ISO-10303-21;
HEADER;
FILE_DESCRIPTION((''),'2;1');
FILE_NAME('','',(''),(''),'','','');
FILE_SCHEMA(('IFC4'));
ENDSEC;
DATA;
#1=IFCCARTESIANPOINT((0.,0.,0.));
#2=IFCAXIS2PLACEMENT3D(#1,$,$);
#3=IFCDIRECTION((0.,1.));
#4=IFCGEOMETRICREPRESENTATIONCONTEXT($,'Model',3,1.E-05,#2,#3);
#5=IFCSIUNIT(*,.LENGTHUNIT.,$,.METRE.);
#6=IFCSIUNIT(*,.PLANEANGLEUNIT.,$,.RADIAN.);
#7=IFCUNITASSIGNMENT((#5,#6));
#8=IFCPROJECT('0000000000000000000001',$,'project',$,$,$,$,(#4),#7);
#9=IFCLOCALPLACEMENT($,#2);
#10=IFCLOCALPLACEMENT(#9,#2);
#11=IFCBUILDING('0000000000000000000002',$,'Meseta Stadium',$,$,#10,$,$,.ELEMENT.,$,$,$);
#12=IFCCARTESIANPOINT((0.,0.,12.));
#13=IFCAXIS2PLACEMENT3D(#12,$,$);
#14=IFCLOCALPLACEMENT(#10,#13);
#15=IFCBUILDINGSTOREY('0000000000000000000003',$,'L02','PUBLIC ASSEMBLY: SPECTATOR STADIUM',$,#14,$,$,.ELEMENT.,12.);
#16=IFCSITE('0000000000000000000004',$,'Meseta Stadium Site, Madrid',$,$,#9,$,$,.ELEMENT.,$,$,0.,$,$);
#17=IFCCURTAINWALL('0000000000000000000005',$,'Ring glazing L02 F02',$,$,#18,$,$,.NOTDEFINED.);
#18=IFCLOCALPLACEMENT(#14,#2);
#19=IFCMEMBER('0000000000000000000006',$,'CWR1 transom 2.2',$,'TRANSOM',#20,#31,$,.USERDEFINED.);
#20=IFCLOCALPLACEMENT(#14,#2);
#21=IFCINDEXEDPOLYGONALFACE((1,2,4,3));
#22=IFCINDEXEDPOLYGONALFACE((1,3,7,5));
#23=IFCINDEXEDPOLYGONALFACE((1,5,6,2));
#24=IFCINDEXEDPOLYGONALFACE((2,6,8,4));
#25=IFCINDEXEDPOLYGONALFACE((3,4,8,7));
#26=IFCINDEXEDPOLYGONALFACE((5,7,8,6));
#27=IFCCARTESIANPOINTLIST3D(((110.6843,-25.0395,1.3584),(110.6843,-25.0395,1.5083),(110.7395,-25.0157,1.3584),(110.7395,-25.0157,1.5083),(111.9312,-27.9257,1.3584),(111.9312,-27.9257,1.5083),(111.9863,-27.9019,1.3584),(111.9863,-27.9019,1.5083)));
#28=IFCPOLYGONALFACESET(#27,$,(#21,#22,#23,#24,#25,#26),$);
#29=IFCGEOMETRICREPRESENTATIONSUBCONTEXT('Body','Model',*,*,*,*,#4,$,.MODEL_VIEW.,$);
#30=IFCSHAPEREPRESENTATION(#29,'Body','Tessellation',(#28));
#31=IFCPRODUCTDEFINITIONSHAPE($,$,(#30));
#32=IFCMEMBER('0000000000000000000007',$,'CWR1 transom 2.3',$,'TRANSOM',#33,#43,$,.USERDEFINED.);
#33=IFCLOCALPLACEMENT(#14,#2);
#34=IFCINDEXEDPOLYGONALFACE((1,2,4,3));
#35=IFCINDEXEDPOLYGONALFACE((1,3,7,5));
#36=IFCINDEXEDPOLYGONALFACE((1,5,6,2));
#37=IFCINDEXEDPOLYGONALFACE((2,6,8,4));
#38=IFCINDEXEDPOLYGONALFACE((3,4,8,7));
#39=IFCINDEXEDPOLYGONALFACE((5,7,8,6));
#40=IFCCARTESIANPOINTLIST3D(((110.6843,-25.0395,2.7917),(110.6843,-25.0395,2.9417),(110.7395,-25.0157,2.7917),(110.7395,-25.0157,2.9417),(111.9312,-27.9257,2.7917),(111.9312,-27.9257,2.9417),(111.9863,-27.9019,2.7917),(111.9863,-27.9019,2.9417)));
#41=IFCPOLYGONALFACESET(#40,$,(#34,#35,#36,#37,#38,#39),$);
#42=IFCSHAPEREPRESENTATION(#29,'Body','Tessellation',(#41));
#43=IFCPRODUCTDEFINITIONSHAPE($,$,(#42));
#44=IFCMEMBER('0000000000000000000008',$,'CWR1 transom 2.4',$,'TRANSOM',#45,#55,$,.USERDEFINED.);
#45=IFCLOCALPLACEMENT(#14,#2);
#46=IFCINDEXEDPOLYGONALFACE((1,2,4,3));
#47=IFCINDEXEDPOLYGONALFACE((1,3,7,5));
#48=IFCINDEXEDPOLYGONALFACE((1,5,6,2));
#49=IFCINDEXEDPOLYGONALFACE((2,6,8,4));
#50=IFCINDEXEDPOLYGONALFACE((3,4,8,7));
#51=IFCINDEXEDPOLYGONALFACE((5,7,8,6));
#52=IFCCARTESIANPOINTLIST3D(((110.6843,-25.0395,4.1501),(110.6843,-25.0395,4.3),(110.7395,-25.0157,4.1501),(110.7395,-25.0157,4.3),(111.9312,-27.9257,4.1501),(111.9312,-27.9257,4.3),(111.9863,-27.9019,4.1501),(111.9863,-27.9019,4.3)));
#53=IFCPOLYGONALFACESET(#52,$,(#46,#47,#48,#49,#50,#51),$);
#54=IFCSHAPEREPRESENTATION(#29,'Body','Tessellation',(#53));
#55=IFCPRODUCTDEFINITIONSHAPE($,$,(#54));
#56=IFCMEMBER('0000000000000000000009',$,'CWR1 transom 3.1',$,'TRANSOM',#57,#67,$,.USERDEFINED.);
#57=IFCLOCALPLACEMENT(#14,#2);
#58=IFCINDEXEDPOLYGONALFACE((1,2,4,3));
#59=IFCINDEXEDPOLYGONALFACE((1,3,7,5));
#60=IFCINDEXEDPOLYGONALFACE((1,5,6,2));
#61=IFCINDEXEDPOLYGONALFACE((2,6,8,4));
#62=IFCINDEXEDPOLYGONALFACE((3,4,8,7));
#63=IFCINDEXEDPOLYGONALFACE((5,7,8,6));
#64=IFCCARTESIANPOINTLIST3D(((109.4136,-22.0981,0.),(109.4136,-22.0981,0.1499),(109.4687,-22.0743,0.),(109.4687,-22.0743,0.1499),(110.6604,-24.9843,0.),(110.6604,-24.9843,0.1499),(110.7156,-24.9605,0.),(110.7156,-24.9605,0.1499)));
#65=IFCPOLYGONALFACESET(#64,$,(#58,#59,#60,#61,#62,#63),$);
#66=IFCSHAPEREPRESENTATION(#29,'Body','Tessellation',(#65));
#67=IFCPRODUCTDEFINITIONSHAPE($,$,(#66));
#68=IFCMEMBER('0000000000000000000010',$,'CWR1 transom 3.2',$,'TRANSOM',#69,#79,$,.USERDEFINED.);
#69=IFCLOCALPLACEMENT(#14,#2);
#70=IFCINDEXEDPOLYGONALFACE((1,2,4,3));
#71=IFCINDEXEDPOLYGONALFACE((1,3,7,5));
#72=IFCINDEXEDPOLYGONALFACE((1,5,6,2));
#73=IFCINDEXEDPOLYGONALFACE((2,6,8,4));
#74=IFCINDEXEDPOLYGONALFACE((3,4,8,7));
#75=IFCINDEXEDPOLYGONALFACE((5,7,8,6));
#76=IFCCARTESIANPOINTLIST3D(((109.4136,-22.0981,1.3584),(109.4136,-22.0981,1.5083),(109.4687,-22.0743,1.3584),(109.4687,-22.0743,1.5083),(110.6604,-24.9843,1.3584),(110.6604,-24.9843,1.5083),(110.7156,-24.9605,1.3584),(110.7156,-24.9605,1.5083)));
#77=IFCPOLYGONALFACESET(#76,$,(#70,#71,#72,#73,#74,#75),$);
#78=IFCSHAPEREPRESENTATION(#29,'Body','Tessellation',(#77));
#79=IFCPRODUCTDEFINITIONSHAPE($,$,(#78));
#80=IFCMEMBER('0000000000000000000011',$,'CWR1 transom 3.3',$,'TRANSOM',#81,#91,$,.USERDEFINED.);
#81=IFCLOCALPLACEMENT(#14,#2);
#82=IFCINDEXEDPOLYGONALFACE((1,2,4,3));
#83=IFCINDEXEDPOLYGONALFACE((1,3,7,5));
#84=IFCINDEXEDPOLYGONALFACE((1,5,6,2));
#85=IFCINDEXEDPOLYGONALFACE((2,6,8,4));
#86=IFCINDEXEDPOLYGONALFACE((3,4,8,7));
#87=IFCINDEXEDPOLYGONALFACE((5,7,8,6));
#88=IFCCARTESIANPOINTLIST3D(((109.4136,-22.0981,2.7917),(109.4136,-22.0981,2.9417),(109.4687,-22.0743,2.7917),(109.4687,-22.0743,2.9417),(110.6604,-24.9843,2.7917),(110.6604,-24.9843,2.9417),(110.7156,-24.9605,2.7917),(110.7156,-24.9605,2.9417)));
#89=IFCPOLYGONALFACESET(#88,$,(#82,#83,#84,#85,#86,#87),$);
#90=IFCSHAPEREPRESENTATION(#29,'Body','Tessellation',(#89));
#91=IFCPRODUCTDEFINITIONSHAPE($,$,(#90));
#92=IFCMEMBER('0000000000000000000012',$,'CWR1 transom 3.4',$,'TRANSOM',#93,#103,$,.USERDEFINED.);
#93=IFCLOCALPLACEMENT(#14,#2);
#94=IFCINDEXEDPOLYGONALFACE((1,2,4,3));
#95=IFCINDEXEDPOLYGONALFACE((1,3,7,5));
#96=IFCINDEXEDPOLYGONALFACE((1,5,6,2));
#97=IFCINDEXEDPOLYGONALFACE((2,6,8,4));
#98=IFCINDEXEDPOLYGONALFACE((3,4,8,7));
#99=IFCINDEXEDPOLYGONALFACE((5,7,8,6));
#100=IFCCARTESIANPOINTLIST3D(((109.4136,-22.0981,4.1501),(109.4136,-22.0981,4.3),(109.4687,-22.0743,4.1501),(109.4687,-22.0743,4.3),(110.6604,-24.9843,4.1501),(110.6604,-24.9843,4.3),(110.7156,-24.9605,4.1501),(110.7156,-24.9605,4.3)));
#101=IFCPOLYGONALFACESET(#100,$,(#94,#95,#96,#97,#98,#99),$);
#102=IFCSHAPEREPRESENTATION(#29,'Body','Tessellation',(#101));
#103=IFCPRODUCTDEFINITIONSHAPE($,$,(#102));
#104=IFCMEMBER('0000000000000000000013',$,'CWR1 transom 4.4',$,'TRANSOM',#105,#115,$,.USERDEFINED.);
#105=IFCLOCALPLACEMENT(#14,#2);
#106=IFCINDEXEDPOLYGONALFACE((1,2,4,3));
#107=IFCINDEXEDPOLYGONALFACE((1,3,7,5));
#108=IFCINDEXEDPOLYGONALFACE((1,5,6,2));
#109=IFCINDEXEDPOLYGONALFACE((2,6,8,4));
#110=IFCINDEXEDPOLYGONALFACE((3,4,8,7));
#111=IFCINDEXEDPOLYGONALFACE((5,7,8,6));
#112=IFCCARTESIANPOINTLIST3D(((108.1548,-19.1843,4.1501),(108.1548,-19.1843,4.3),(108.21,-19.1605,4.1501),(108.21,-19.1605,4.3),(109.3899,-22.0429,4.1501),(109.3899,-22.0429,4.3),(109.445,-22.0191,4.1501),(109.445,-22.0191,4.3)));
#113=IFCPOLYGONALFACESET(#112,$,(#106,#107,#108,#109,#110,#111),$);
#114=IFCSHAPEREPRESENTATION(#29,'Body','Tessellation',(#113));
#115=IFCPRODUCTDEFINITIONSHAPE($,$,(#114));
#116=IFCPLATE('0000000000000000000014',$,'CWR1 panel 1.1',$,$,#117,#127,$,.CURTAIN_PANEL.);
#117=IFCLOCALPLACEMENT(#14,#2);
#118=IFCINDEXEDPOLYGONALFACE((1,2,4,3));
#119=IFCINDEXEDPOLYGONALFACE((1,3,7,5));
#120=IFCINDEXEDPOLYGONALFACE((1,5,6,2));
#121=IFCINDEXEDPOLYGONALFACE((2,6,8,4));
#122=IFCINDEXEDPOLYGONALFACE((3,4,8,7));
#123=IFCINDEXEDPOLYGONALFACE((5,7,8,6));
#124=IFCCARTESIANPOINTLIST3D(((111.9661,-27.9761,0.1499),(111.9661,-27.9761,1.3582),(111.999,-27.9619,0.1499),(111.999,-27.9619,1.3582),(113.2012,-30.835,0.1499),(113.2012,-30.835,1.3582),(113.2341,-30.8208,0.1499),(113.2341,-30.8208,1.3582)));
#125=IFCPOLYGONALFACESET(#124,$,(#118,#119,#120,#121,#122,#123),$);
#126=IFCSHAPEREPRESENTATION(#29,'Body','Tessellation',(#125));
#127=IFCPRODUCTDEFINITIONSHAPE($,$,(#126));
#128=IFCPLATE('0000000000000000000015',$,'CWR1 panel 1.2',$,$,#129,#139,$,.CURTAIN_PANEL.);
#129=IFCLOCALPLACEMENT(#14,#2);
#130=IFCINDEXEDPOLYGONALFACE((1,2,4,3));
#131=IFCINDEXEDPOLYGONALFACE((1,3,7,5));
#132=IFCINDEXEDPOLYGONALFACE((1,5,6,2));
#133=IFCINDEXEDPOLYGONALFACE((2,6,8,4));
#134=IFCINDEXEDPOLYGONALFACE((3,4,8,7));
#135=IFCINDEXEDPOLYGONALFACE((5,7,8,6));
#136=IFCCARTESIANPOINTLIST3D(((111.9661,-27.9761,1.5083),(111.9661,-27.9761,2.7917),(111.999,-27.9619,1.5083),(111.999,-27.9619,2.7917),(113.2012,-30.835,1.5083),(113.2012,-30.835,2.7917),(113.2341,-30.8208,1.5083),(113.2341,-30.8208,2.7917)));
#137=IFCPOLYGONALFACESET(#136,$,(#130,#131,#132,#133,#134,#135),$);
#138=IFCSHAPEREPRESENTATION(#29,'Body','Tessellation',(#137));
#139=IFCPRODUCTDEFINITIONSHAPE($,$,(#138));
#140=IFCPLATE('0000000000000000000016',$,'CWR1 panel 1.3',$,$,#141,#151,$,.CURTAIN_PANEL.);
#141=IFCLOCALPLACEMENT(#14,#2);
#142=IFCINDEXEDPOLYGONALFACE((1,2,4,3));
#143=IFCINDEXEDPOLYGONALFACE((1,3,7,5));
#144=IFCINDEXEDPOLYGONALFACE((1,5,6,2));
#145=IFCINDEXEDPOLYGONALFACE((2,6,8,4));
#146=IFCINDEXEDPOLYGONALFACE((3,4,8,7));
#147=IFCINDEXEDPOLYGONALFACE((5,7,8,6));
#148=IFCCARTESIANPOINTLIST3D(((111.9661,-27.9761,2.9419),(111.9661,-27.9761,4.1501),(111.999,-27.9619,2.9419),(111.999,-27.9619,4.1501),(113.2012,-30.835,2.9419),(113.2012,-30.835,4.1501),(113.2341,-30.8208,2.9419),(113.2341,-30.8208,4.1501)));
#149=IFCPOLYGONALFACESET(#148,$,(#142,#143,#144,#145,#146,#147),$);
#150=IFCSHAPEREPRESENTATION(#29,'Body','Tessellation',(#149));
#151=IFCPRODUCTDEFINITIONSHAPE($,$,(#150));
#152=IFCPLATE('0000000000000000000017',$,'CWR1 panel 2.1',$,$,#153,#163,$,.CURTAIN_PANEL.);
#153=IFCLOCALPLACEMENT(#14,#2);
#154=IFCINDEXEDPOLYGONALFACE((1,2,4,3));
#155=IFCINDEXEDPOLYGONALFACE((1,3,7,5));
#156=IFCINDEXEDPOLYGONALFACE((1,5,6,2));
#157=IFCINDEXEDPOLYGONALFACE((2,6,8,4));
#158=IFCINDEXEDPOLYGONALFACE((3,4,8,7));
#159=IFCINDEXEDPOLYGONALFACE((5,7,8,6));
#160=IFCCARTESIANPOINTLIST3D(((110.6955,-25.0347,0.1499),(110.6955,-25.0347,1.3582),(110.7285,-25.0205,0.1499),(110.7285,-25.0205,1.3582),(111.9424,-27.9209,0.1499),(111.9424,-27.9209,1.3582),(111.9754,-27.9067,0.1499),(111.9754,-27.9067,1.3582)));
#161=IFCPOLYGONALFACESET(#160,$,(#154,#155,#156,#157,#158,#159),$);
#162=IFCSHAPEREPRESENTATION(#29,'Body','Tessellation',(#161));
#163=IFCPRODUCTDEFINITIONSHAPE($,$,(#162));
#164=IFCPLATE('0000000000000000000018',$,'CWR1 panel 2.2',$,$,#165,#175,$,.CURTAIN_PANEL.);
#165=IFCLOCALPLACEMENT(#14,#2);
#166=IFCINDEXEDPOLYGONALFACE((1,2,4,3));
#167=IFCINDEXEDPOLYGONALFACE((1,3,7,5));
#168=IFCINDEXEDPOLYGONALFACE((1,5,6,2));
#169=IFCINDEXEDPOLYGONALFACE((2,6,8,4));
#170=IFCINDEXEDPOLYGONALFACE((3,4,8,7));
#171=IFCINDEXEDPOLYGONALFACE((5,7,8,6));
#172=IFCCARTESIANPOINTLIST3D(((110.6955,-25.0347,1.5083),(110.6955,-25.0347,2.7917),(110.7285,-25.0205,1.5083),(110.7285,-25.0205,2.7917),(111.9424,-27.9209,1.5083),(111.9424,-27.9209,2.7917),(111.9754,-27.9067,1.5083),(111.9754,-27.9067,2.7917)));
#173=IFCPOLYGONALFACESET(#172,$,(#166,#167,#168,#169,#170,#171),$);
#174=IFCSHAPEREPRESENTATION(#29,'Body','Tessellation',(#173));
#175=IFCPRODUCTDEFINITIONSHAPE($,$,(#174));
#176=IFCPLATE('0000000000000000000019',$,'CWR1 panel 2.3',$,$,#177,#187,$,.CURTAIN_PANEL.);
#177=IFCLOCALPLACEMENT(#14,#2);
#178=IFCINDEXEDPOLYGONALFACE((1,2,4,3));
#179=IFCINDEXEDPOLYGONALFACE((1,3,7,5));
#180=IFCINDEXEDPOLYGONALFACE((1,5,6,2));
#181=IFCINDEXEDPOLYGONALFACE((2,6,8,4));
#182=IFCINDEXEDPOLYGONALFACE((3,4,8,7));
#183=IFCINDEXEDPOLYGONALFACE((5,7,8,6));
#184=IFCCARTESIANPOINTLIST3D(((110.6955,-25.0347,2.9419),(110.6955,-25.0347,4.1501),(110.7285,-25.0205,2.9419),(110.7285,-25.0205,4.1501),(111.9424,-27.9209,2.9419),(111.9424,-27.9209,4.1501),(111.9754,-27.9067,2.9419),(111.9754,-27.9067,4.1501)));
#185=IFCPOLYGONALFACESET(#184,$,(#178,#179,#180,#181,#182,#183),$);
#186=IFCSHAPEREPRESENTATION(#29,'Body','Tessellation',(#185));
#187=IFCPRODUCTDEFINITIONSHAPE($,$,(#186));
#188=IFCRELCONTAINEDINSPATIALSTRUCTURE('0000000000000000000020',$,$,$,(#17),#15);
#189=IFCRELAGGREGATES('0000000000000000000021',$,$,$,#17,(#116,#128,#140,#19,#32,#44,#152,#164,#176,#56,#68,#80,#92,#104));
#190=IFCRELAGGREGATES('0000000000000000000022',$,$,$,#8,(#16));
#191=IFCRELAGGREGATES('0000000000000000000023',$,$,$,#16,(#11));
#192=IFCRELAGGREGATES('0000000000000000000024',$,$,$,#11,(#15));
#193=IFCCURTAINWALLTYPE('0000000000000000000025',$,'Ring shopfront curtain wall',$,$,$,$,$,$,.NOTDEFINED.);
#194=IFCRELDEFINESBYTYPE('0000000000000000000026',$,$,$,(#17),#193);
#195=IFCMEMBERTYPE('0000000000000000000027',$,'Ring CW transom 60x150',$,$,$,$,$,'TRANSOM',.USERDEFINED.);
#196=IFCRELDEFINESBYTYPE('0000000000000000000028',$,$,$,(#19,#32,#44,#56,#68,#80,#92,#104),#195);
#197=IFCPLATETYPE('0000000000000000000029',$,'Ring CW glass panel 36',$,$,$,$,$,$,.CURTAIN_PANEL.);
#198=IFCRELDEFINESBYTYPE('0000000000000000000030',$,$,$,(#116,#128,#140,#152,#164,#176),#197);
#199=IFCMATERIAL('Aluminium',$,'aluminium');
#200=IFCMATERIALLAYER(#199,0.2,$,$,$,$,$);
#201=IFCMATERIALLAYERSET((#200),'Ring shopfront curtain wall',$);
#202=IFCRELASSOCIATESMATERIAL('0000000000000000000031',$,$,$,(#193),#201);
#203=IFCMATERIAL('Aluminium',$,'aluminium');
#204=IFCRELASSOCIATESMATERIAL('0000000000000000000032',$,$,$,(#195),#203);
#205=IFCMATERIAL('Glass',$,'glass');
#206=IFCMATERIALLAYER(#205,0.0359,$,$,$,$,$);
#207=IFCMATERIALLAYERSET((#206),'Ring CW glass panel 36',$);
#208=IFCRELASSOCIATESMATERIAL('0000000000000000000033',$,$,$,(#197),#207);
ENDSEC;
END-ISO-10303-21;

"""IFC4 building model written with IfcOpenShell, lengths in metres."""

from ifc_helpers import new_model, si_unit, direction, frame, origin, origin_2d, place, context, subcontext, project, spatial, rectangle, extrude, material, layer, layer_set, material_profile, profile_set, type_object, element, aggregate, save


model = new_model("IFC4")

# Units and contexts
model_context = context("Model", 3, precision=1e-05, world=origin(), true_north=direction((0.0, 1.0)))
body_context = subcontext(model_context, "Body", "Model", "MODEL_VIEW")
ifc_project = project(units=[si_unit("LENGTHUNIT", "METRE"), si_unit("PLANEANGLEUNIT", "RADIAN")], contexts=[model_context])

# Site, building, storey
site_placement = place(None, origin())
site = spatial("IfcSite", under=ifc_project, at=site_placement, Name="Meseta Stadium Site, Madrid", CompositionType="ELEMENT", RefElevation=0.0)
building_placement = place(site_placement, origin())
building = spatial("IfcBuilding", under=site, at=building_placement, Name="Meseta Stadium", CompositionType="ELEMENT")
storey_placement = place(building_placement, frame((0.0, 0.0, 12.0)))
storey = spatial("IfcBuildingStorey", under=building, at=storey_placement, Name="L02", Description="PUBLIC ASSEMBLY: SPECTATOR STADIUM", CompositionType="ELEMENT", Elevation=12.0)

# Shared definitions
ifc_material_1 = material(Name="Aluminium", Category="aluminium")
ifc_layer_1 = layer(ifc_material_1, 0.2)
ifc_layer_set_1 = layer_set([ifc_layer_1], Name="Ring shopfront curtain wall")
curtain_wall_type = type_object("IfcCurtainWallType", Name="Ring shopfront curtain wall", PredefinedType="NOTDEFINED", material=ifc_layer_set_1)

# Curtain wall, members, plates
curtain_wall_1_placement = place(storey_placement, origin())
curtain_wall_1 = element("IfcCurtainWall", 1, at=curtain_wall_1_placement, inside=storey, type_object=curtain_wall_type, Name="Ring glazing L02 F02", PredefinedType="NOTDEFINED")
ifc_material_2 = material(Name="Aluminium", Category="aluminium")
ifc_material_profile_1 = material_profile(ifc_material_2, rectangle(XDim=0.0601, YDim=0.1499, at=origin_2d()), Name="CW 60x150")
ifc_profile_set_1 = profile_set([ifc_material_profile_1], Name="Aluminium")
member_type_1 = type_object("IfcMemberType", Name="Ring CW transom 60x150", ElementType="TRANSOM", PredefinedType="USERDEFINED", material=ifc_profile_set_1)
member_1_placement = place(storey_placement, frame((111.9587, -27.9138, 1.4333), z_axis=(-0.39657, 0.918005, 0.0), x_axis=(-0.918005, -0.39657, 0.0)))
member_1 = element("IfcMember", 2, at=member_1_placement, type_object=member_type_1, Name="CWR1 transom 2.2", ObjectType="TRANSOM", PredefinedType="USERDEFINED", context=body_context, shape_type="SweptSolid", body=[
    extrude(rectangle(XDim=0.0601, YDim=0.1499, at=origin_2d()), origin(), (0.0, 0.0, 1.0), 3.144),
])
member_2_placement = place(storey_placement, frame((111.9587, -27.9138, 2.8667), z_axis=(-0.39657, 0.918005, 0.0), x_axis=(-0.918005, -0.39657, 0.0)))
member_2 = element("IfcMember", 3, at=member_2_placement, type_object=member_type_1, Name="CWR1 transom 2.3", ObjectType="TRANSOM", PredefinedType="USERDEFINED", context=body_context, shape_type="SweptSolid", body=[
    extrude(rectangle(XDim=0.0601, YDim=0.1499, at=origin_2d()), origin(), (0.0, 0.0, 1.0), 3.144),
])
member_3_placement = place(storey_placement, frame((111.9587, -27.9138, 4.2251), z_axis=(-0.39657, 0.918005, 0.0), x_axis=(-0.918005, -0.39657, 0.0)))
member_3 = element("IfcMember", 4, at=member_3_placement, type_object=member_type_1, Name="CWR1 transom 2.4", ObjectType="TRANSOM", PredefinedType="USERDEFINED", context=body_context, shape_type="SweptSolid", body=[
    extrude(rectangle(XDim=0.0601, YDim=0.1499, at=origin_2d()), origin(), (0.0, 0.0, 1.0), 3.144),
])
member_4_placement = place(storey_placement, frame((110.688, -24.9724, 0.075), z_axis=(-0.39657, 0.918005, 0.0), x_axis=(-0.918005, -0.39657, 0.0)))
member_4 = element("IfcMember", 5, at=member_4_placement, type_object=member_type_1, Name="CWR1 transom 3.1", ObjectType="TRANSOM", PredefinedType="USERDEFINED", context=body_context, shape_type="SweptSolid", body=[
    extrude(rectangle(XDim=0.0601, YDim=0.1499, at=origin_2d()), origin(), (0.0, 0.0, 1.0), 3.144),
])
member_5_placement = place(storey_placement, frame((110.688, -24.9724, 1.4333), z_axis=(-0.39657, 0.918005, 0.0), x_axis=(-0.918005, -0.39657, 0.0)))
member_5 = element("IfcMember", 6, at=member_5_placement, type_object=member_type_1, Name="CWR1 transom 3.2", ObjectType="TRANSOM", PredefinedType="USERDEFINED", context=body_context, shape_type="SweptSolid", body=[
    extrude(rectangle(XDim=0.0601, YDim=0.1499, at=origin_2d()), origin(), (0.0, 0.0, 1.0), 3.144),
])
member_6_placement = place(storey_placement, frame((110.688, -24.9724, 2.8667), z_axis=(-0.39657, 0.918005, 0.0), x_axis=(-0.918005, -0.39657, 0.0)))
member_6 = element("IfcMember", 7, at=member_6_placement, type_object=member_type_1, Name="CWR1 transom 3.3", ObjectType="TRANSOM", PredefinedType="USERDEFINED", context=body_context, shape_type="SweptSolid", body=[
    extrude(rectangle(XDim=0.0601, YDim=0.1499, at=origin_2d()), origin(), (0.0, 0.0, 1.0), 3.144),
])
member_7_placement = place(storey_placement, frame((110.688, -24.9724, 4.2251), z_axis=(-0.39657, 0.918005, 0.0), x_axis=(-0.918005, -0.39657, 0.0)))
member_7 = element("IfcMember", 8, at=member_7_placement, type_object=member_type_1, Name="CWR1 transom 3.4", ObjectType="TRANSOM", PredefinedType="USERDEFINED", context=body_context, shape_type="SweptSolid", body=[
    extrude(rectangle(XDim=0.0601, YDim=0.1499, at=origin_2d()), origin(), (0.0, 0.0, 1.0), 3.144),
])
member_8_placement = place(storey_placement, frame((109.4175, -22.031, 4.2251), z_axis=(-0.396624, 0.917981, 0.0), x_axis=(-0.917981, -0.396624, 0.0)))
member_8 = element("IfcMember", 9, at=member_8_placement, type_object=member_type_1, Name="CWR1 transom 4.4", ObjectType="TRANSOM", PredefinedType="USERDEFINED", context=body_context, shape_type="SweptSolid", body=[
    extrude(rectangle(XDim=0.0601, YDim=0.1499, at=origin_2d()), origin(), (0.0, 0.0, 1.0), 3.114),
])
ifc_material_3 = material(Name="Glass", Category="glass")
ifc_layer_2 = layer(ifc_material_3, 0.0359)
ifc_layer_set_2 = layer_set([ifc_layer_2], Name="Ring CW glass panel 36")
plate_type_1 = type_object("IfcPlateType", Name="Ring CW glass panel 36", PredefinedType="CURTAIN_PANEL", material=ifc_layer_set_2)
plate_1_placement = place(storey_placement, frame((112.6001, -29.3984, 0.1499), z_axis=(0.0, 0.0, 1.0), x_axis=(-0.396581, 0.918, 0.0)))
plate_1 = element("IfcPlate", 10, at=plate_1_placement, type_object=plate_type_1, Name="CWR1 panel 1.1", PredefinedType="CURTAIN_PANEL", context=body_context, shape_type="SweptSolid", body=[
    extrude(rectangle(XDim=3.1143, YDim=0.0359, at=origin_2d()), origin(), (0.0, 0.0, 1.0), 1.2083),
])
plate_2_placement = place(storey_placement, frame((112.6001, -29.3984, 1.5083), z_axis=(0.0, 0.0, 1.0), x_axis=(-0.396581, 0.918, 0.0)))
plate_2 = element("IfcPlate", 11, at=plate_2_placement, type_object=plate_type_1, Name="CWR1 panel 1.2", PredefinedType="CURTAIN_PANEL", context=body_context, shape_type="SweptSolid", body=[
    extrude(rectangle(XDim=3.1143, YDim=0.0359, at=origin_2d()), origin(), (0.0, 0.0, 1.0), 1.2834),
])
plate_3_placement = place(storey_placement, frame((112.6001, -29.3984, 2.9419), z_axis=(0.0, 0.0, 1.0), x_axis=(-0.396581, 0.918, 0.0)))
plate_3 = element("IfcPlate", 12, at=plate_3_placement, type_object=plate_type_1, Name="CWR1 panel 1.3", PredefinedType="CURTAIN_PANEL", context=body_context, shape_type="SweptSolid", body=[
    extrude(rectangle(XDim=3.1143, YDim=0.0359, at=origin_2d()), origin(), (0.0, 0.0, 1.0), 1.2083),
])
plate_4_placement = place(storey_placement, frame((111.3354, -26.4707, 0.1499), z_axis=(0.0, 0.0, 1.0), x_axis=(-0.396581, 0.918, 0.0)))
plate_4 = element("IfcPlate", 13, at=plate_4_placement, type_object=plate_type_1, Name="CWR1 panel 2.1", PredefinedType="CURTAIN_PANEL", context=body_context, shape_type="SweptSolid", body=[
    extrude(rectangle(XDim=3.144, YDim=0.0359, at=origin_2d()), origin(), (0.0, 0.0, 1.0), 1.2083),
])
plate_5_placement = place(storey_placement, frame((111.3354, -26.4707, 1.5083), z_axis=(0.0, 0.0, 1.0), x_axis=(-0.396581, 0.918, 0.0)))
plate_5 = element("IfcPlate", 14, at=plate_5_placement, type_object=plate_type_1, Name="CWR1 panel 2.2", PredefinedType="CURTAIN_PANEL", context=body_context, shape_type="SweptSolid", body=[
    extrude(rectangle(XDim=3.144, YDim=0.0359, at=origin_2d()), origin(), (0.0, 0.0, 1.0), 1.2834),
])
plate_6_placement = place(storey_placement, frame((111.3354, -26.4707, 2.9419), z_axis=(0.0, 0.0, 1.0), x_axis=(-0.396581, 0.918, 0.0)))
plate_6 = element("IfcPlate", 15, at=plate_6_placement, type_object=plate_type_1, Name="CWR1 panel 2.3", PredefinedType="CURTAIN_PANEL", context=body_context, shape_type="SweptSolid", body=[
    extrude(rectangle(XDim=3.144, YDim=0.0359, at=origin_2d()), origin(), (0.0, 0.0, 1.0), 1.2083),
])
aggregate(curtain_wall_1, [plate_1, plate_2, plate_3, member_1, member_2, member_3, plate_4, plate_5, plate_6, member_4, member_5, member_6, member_7, member_8])

save(model, "model.ifc")
